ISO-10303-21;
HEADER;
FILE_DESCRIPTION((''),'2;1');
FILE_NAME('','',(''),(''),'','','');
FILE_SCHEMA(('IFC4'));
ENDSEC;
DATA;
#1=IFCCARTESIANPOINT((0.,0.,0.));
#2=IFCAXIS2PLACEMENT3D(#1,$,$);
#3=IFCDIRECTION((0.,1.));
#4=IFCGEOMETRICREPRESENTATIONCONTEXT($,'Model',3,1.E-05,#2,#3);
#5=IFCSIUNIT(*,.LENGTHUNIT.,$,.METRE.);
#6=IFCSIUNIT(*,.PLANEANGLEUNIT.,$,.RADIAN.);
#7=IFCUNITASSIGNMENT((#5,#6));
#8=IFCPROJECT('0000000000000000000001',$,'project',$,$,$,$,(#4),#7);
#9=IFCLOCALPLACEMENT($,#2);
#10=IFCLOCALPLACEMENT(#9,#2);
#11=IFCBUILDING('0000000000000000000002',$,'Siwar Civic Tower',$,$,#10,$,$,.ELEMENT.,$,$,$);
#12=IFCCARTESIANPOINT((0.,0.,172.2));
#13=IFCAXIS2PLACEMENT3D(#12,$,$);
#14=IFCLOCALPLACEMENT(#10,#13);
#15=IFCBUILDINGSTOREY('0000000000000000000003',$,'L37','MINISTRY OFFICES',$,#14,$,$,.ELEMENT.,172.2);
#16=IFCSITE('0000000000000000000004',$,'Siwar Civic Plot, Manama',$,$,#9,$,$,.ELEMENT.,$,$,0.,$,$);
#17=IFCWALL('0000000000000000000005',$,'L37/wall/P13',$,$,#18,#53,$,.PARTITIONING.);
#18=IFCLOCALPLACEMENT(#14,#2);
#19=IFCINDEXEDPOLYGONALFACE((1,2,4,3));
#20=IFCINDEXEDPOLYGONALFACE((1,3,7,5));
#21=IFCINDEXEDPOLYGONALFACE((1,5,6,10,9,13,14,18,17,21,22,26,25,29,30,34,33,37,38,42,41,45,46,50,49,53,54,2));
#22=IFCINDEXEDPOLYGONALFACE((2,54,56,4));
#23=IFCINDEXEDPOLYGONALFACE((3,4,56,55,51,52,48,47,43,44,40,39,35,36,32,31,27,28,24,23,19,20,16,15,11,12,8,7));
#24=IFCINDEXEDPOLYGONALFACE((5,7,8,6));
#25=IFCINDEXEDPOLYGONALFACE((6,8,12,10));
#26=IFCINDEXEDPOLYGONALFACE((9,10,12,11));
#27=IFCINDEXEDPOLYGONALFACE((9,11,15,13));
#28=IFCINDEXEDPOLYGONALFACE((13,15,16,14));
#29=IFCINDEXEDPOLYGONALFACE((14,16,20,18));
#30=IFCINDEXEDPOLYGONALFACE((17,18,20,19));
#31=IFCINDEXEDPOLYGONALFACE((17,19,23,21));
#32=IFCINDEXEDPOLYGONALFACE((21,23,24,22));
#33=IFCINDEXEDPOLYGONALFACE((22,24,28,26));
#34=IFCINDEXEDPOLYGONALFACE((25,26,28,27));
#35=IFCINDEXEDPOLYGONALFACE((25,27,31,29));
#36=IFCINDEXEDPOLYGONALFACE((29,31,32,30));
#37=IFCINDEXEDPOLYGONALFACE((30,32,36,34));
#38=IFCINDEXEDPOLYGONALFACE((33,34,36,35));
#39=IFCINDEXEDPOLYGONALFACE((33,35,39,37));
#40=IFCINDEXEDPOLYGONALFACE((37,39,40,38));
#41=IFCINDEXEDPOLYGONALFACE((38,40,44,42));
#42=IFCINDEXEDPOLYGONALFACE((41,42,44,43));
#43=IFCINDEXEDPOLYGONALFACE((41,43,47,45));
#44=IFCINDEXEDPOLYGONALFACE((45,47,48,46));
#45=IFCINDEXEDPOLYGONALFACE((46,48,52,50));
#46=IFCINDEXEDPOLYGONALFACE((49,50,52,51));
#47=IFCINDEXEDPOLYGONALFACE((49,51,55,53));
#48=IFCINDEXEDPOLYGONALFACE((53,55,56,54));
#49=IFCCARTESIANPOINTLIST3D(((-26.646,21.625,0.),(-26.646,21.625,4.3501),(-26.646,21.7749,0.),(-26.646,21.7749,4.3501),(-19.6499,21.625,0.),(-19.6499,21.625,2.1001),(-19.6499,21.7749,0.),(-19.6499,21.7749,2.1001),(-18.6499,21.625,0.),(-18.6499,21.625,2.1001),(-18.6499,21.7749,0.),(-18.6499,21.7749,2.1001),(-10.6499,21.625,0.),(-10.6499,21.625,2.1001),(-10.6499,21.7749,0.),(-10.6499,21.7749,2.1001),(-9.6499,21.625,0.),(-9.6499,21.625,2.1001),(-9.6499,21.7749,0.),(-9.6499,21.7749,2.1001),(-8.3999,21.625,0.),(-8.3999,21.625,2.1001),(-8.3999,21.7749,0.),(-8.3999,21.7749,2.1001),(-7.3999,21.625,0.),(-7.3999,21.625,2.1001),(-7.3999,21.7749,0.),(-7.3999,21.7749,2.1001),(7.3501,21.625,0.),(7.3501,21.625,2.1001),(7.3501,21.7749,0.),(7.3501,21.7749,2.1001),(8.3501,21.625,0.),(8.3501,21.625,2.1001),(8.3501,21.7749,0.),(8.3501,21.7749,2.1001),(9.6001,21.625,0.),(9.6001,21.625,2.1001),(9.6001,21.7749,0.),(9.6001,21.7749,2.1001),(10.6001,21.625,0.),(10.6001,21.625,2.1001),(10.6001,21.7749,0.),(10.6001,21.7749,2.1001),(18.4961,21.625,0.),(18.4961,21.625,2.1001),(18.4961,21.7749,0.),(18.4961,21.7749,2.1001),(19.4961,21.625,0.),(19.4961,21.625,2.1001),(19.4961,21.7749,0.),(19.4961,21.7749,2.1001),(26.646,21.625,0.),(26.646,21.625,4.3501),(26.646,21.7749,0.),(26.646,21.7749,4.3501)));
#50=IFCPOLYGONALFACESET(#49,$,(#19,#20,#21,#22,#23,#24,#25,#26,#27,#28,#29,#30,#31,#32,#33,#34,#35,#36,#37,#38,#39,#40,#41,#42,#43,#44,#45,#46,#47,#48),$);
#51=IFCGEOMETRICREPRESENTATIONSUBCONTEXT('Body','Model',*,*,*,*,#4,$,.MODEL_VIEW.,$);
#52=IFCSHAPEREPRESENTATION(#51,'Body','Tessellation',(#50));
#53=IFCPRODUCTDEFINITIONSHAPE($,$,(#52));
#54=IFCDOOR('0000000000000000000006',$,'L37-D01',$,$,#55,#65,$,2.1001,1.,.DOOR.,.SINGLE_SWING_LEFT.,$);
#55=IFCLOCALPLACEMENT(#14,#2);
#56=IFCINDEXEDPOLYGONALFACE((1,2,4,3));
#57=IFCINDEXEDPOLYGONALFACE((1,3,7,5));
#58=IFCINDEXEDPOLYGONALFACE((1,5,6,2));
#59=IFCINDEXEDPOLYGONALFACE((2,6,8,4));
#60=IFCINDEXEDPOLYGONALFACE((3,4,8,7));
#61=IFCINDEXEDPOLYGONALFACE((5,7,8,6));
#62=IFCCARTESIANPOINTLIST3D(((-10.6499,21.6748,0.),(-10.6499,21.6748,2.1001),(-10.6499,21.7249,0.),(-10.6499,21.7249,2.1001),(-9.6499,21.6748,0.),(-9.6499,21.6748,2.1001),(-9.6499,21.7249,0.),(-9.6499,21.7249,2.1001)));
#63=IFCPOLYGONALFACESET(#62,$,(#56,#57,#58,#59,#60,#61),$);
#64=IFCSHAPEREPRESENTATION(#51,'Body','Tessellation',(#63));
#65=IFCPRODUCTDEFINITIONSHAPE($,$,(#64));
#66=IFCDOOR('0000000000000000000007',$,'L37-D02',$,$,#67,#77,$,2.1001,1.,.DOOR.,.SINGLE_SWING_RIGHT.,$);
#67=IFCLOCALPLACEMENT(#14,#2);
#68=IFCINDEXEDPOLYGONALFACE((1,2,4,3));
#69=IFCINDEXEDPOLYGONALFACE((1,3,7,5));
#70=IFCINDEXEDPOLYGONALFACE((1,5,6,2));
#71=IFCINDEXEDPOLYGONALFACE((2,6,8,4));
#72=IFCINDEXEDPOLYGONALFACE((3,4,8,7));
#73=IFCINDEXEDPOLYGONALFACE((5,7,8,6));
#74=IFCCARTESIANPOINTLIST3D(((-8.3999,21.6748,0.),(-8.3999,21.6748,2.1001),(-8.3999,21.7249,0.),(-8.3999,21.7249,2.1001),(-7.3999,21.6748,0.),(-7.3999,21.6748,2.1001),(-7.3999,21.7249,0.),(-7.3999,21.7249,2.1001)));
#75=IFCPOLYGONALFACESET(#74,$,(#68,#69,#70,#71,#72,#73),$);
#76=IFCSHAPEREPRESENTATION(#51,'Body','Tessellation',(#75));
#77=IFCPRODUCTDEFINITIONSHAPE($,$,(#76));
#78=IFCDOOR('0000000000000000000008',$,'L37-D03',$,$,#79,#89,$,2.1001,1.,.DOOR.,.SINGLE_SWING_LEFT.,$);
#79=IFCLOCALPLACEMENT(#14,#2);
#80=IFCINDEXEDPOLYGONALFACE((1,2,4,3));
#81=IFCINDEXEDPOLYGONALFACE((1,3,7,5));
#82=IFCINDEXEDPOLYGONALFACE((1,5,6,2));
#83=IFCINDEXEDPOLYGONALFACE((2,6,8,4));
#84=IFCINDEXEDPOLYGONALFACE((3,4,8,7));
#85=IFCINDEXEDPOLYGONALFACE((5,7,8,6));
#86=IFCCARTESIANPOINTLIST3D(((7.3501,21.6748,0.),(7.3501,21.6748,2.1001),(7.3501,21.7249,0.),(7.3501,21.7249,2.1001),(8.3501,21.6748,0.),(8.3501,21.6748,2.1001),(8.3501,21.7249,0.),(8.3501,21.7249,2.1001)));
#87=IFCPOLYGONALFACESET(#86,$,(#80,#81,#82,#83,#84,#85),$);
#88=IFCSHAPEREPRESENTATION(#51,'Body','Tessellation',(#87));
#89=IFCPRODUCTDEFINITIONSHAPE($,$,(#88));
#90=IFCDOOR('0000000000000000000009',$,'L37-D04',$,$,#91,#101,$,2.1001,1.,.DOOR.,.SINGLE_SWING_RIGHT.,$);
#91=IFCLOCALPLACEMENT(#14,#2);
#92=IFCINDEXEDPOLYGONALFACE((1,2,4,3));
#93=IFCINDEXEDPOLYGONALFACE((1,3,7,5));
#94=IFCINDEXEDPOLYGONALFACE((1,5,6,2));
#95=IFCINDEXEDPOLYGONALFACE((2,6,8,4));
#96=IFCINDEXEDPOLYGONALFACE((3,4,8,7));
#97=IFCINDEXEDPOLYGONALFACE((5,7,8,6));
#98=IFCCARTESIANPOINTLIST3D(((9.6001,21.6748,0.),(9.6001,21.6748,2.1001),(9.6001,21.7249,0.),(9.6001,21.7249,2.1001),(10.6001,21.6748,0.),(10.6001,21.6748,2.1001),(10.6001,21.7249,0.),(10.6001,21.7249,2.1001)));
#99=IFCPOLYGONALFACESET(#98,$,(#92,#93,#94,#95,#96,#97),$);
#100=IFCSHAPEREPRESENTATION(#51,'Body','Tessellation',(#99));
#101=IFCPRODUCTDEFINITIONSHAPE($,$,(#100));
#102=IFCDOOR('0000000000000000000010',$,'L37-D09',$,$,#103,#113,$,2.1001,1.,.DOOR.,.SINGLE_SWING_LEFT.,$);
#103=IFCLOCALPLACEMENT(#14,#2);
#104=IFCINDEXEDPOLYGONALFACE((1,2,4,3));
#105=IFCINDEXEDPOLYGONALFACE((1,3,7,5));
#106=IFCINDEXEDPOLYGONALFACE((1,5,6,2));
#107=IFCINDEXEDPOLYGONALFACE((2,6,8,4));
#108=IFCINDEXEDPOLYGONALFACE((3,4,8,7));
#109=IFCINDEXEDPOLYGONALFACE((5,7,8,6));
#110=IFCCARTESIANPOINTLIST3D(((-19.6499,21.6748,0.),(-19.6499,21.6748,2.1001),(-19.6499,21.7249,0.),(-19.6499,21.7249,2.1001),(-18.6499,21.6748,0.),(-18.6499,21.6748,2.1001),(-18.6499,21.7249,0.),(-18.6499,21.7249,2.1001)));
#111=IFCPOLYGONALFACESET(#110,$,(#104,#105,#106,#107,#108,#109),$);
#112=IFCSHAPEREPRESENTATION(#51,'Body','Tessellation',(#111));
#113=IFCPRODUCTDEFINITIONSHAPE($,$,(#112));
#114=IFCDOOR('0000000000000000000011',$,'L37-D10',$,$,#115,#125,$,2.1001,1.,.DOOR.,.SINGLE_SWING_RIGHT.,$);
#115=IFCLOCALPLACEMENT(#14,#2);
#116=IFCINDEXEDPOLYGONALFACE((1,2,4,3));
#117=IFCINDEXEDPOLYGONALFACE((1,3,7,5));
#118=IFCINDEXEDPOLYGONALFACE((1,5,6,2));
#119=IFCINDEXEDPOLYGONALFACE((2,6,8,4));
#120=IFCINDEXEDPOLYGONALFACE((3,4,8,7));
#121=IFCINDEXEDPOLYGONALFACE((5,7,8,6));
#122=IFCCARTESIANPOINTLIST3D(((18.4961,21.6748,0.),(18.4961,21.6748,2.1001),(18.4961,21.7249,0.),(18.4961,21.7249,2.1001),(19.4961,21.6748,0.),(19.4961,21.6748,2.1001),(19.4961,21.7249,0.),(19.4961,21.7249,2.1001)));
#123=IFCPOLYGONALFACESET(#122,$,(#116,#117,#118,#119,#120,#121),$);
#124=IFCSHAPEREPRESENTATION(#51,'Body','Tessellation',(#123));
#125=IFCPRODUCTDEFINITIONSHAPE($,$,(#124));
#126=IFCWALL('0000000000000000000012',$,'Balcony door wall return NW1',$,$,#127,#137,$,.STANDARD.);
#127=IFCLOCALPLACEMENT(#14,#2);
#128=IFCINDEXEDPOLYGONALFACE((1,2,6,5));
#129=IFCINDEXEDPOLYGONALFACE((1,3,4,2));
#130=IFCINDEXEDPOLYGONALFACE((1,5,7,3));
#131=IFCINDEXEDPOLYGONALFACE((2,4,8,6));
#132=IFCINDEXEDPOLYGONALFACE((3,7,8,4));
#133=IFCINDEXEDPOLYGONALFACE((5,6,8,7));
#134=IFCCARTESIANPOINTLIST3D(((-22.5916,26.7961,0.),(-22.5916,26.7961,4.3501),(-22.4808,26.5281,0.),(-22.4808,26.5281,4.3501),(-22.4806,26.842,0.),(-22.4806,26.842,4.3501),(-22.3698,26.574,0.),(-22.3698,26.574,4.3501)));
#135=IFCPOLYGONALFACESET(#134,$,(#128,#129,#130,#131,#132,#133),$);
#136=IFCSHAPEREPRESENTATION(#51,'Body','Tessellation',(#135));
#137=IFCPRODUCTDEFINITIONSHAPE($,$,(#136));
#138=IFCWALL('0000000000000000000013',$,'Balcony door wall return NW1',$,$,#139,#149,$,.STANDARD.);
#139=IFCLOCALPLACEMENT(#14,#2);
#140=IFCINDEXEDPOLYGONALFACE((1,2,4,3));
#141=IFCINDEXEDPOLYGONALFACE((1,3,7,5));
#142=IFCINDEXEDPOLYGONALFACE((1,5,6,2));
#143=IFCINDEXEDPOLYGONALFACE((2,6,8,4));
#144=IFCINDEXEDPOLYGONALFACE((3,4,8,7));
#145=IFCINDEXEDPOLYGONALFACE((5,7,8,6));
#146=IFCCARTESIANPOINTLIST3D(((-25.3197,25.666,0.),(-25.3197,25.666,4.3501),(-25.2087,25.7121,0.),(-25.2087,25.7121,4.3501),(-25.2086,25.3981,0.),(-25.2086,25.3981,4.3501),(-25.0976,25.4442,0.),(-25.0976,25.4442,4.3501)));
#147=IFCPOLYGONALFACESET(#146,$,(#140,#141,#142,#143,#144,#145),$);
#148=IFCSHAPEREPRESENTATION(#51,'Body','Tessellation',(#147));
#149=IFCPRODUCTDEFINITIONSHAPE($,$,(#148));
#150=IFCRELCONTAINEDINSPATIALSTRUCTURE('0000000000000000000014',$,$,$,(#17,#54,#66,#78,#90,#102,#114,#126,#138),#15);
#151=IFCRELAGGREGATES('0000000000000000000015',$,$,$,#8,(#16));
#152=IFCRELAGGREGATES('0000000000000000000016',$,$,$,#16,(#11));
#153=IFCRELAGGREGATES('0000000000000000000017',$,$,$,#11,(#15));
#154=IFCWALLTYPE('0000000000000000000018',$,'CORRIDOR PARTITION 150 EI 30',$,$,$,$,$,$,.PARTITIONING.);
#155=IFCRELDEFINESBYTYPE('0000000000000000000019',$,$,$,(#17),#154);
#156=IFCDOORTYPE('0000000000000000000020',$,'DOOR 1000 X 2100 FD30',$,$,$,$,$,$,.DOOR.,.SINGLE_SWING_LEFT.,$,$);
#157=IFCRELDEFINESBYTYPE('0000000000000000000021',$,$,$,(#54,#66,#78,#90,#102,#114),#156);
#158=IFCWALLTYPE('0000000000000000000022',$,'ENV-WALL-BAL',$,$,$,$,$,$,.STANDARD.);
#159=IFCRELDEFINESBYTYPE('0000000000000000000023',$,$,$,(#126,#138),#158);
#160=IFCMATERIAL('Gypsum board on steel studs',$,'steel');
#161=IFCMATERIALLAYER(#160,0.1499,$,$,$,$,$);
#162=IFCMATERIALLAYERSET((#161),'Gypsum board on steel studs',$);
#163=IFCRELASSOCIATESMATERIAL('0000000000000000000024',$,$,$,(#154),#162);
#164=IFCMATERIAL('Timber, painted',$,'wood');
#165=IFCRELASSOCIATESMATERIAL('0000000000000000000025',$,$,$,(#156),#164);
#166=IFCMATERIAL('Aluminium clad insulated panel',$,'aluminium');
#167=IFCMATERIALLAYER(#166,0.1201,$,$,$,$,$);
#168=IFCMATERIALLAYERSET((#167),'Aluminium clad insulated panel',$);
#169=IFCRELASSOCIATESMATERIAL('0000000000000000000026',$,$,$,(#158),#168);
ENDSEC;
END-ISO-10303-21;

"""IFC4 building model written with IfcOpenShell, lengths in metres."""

from ifc_helpers import new_model, si_unit, direction, frame, frame_2d, origin, place, context, subcontext, project, spatial, rectangle, extrude, material, layer, layer_set, type_object, element, fill, save


model = new_model("IFC4")

# Units and contexts
model_context = context("Model", 3, precision=1e-05, world=origin(), true_north=direction((0.0, 1.0)))
body_context = subcontext(model_context, "Body", "Model", "MODEL_VIEW")
ifc_project = project(units=[si_unit("LENGTHUNIT", "METRE"), si_unit("PLANEANGLEUNIT", "RADIAN")], contexts=[model_context])

# Site, building, storey
site_placement = place(None, origin())
site = spatial("IfcSite", under=ifc_project, at=site_placement, Name="Siwar Civic Plot, Manama", CompositionType="ELEMENT", RefElevation=0.0)
building_placement = place(site_placement, origin())
building = spatial("IfcBuilding", under=site, at=building_placement, Name="Siwar Civic Tower", CompositionType="ELEMENT")
storey_placement = place(building_placement, frame((0.0, 0.0, 172.2)))
storey = spatial("IfcBuildingStorey", under=building, at=storey_placement, Name="L37", Description="MINISTRY OFFICES", CompositionType="ELEMENT", Elevation=172.2)

# Wall, openings, doors
ifc_material_1 = material(Name="Gypsum board on steel studs", Category="steel")
ifc_layer_1 = layer(ifc_material_1, 0.1499)
ifc_layer_set_1 = layer_set([ifc_layer_1], Name="Gypsum board on steel studs")
wall_type_1 = type_object("IfcWallType", Name="CORRIDOR PARTITION 150 EI 30", PredefinedType="PARTITIONING", material=ifc_layer_set_1)
wall_1_placement = place(storey_placement, frame((-26.646, 21.7, 0.0), z_axis=(0.0, 0.0, 1.0), x_axis=(1.0, 0.0, 0.0)))
wall_1 = element("IfcWall", 1, at=wall_1_placement, inside=storey, type_object=wall_type_1, Name="L37/wall/P13", PredefinedType="PARTITIONING", context=body_context, shape_type="SweptSolid", body=[
    extrude(rectangle(XDim=53.292, YDim=0.1499, at=frame_2d((26.646, 0.0))), origin(), (0.0, 0.0, 1.0), 4.3501),
])
opening_1_placement = place(wall_1_placement, frame((15.9961, 0.0, 0.0)))
opening_1 = element("IfcOpeningElement", 2, at=opening_1_placement, cuts=wall_1, PredefinedType="OPENING", context=body_context, shape_type="SweptSolid", body=[
    extrude(rectangle(XDim=1.0, YDim=2.1001, at=frame_2d((0.5, 1.05))), frame((0.0, 0.085, 0.0), z_axis=(0.0, -1.0, 0.0), x_axis=(1.0, 0.0, 0.0)), (0.0, 0.0, 1.0), 0.1699),
])
opening_2_placement = place(wall_1_placement, frame((18.2461, 0.0, 0.0)))
opening_2 = element("IfcOpeningElement", 3, at=opening_2_placement, cuts=wall_1, PredefinedType="OPENING", context=body_context, shape_type="SweptSolid", body=[
    extrude(rectangle(XDim=1.0, YDim=2.1001, at=frame_2d((0.5, 1.05))), frame((0.0, 0.085, 0.0), z_axis=(0.0, -1.0, 0.0), x_axis=(1.0, 0.0, 0.0)), (0.0, 0.0, 1.0), 0.1699),
])
opening_3_placement = place(wall_1_placement, frame((33.9961, 0.0, 0.0)))
opening_3 = element("IfcOpeningElement", 4, at=opening_3_placement, cuts=wall_1, PredefinedType="OPENING", context=body_context, shape_type="SweptSolid", body=[
    extrude(rectangle(XDim=1.0, YDim=2.1001, at=frame_2d((0.5, 1.05))), frame((0.0, 0.085, 0.0), z_axis=(0.0, -1.0, 0.0), x_axis=(1.0, 0.0, 0.0)), (0.0, 0.0, 1.0), 0.1699),
])
opening_4_placement = place(wall_1_placement, frame((36.2461, 0.0, 0.0)))
opening_4 = element("IfcOpeningElement", 5, at=opening_4_placement, cuts=wall_1, PredefinedType="OPENING", context=body_context, shape_type="SweptSolid", body=[
    extrude(rectangle(XDim=1.0, YDim=2.1001, at=frame_2d((0.5, 1.05))), frame((0.0, 0.085, 0.0), z_axis=(0.0, -1.0, 0.0), x_axis=(1.0, 0.0, 0.0)), (0.0, 0.0, 1.0), 0.1699),
])
opening_5_placement = place(wall_1_placement, frame((6.9961, 0.0, 0.0)))
opening_5 = element("IfcOpeningElement", 6, at=opening_5_placement, cuts=wall_1, PredefinedType="OPENING", context=body_context, shape_type="SweptSolid", body=[
    extrude(rectangle(XDim=1.0, YDim=2.1001, at=frame_2d((0.5, 1.05))), frame((0.0, 0.085, 0.0), z_axis=(0.0, -1.0, 0.0), x_axis=(1.0, 0.0, 0.0)), (0.0, 0.0, 1.0), 0.1699),
])
opening_6_placement = place(wall_1_placement, frame((45.1421, 0.0, 0.0)))
opening_6 = element("IfcOpeningElement", 7, at=opening_6_placement, cuts=wall_1, PredefinedType="OPENING", context=body_context, shape_type="SweptSolid", body=[
    extrude(rectangle(XDim=1.0, YDim=2.1001, at=frame_2d((0.5, 1.05))), frame((0.0, 0.085, 0.0), z_axis=(0.0, -1.0, 0.0), x_axis=(1.0, 0.0, 0.0)), (0.0, 0.0, 1.0), 0.1699),
])
ifc_material_2 = material(Name="Timber, painted", Category="wood")
door_type_1 = type_object("IfcDoorType", Name="DOOR 1000 X 2100 FD30", OperationType="SINGLE_SWING_LEFT", PredefinedType="DOOR", material=ifc_material_2)
door_1_placement = place(opening_1_placement, origin())
door_1 = element("IfcDoor", 8, at=door_1_placement, inside=storey, type_object=door_type_1, Name="L37-D01", OperationType="SINGLE_SWING_LEFT", OverallHeight=2.1001, OverallWidth=1.0, PredefinedType="DOOR", context=body_context, shape_type="SweptSolid", body=[
    extrude(rectangle(XDim=1.0, YDim=2.1001, at=frame_2d((0.5, 1.05))), frame((0.0, 0.0249, 0.0), z_axis=(0.0, -1.0, 0.0), x_axis=(1.0, 0.0, 0.0)), (0.0, 0.0, 1.0), 0.05),
])
fill(opening_1, door_1)
door_2_placement = place(opening_2_placement, origin())
door_2 = element("IfcDoor", 9, at=door_2_placement, inside=storey, type_object=door_type_1, Name="L37-D02", OperationType="SINGLE_SWING_RIGHT", OverallHeight=2.1001, OverallWidth=1.0, PredefinedType="DOOR", context=body_context, shape_type="SweptSolid", body=[
    extrude(rectangle(XDim=1.0, YDim=2.1001, at=frame_2d((0.5, 1.05))), frame((0.0, 0.0249, 0.0), z_axis=(0.0, -1.0, 0.0), x_axis=(1.0, 0.0, 0.0)), (0.0, 0.0, 1.0), 0.05),
])
fill(opening_2, door_2)
door_3_placement = place(opening_3_placement, origin())
door_3 = element("IfcDoor", 10, at=door_3_placement, inside=storey, type_object=door_type_1, Name="L37-D03", OperationType="SINGLE_SWING_LEFT", OverallHeight=2.1001, OverallWidth=1.0, PredefinedType="DOOR", context=body_context, shape_type="SweptSolid", body=[
    extrude(rectangle(XDim=1.0, YDim=2.1001, at=frame_2d((0.5, 1.05))), frame((0.0, 0.0249, 0.0), z_axis=(0.0, -1.0, 0.0), x_axis=(1.0, 0.0, 0.0)), (0.0, 0.0, 1.0), 0.05),
])
fill(opening_3, door_3)
door_4_placement = place(opening_4_placement, origin())
door_4 = element("IfcDoor", 11, at=door_4_placement, inside=storey, type_object=door_type_1, Name="L37-D04", OperationType="SINGLE_SWING_RIGHT", OverallHeight=2.1001, OverallWidth=1.0, PredefinedType="DOOR", context=body_context, shape_type="SweptSolid", body=[
    extrude(rectangle(XDim=1.0, YDim=2.1001, at=frame_2d((0.5, 1.05))), frame((0.0, 0.0249, 0.0), z_axis=(0.0, -1.0, 0.0), x_axis=(1.0, 0.0, 0.0)), (0.0, 0.0, 1.0), 0.05),
])
fill(opening_4, door_4)
door_5_placement = place(opening_5_placement, origin())
door_5 = element("IfcDoor", 12, at=door_5_placement, inside=storey, type_object=door_type_1, Name="L37-D09", OperationType="SINGLE_SWING_LEFT", OverallHeight=2.1001, OverallWidth=1.0, PredefinedType="DOOR", context=body_context, shape_type="SweptSolid", body=[
    extrude(rectangle(XDim=1.0, YDim=2.1001, at=frame_2d((0.5, 1.05))), frame((0.0, 0.0249, 0.0), z_axis=(0.0, -1.0, 0.0), x_axis=(1.0, 0.0, 0.0)), (0.0, 0.0, 1.0), 0.05),
])
fill(opening_5, door_5)
door_6_placement = place(opening_6_placement, origin())
door_6 = element("IfcDoor", 13, at=door_6_placement, inside=storey, type_object=door_type_1, Name="L37-D10", OperationType="SINGLE_SWING_RIGHT", OverallHeight=2.1001, OverallWidth=1.0, PredefinedType="DOOR", context=body_context, shape_type="SweptSolid", body=[
    extrude(rectangle(XDim=1.0, YDim=2.1001, at=frame_2d((0.5, 1.05))), frame((0.0, 0.0249, 0.0), z_axis=(0.0, -1.0, 0.0), x_axis=(1.0, 0.0, 0.0)), (0.0, 0.0, 1.0), 0.05),
])
fill(opening_6, door_6)

# Walls
ifc_material_3 = material(Name="Aluminium clad insulated panel", Category="aluminium")
ifc_layer_2 = layer(ifc_material_3, 0.1201)
ifc_layer_set_2 = layer_set([ifc_layer_2], Name="Aluminium clad insulated panel")
wall_type_2 = type_object("IfcWallType", Name="ENV-WALL-BAL", PredefinedType="STANDARD", material=ifc_layer_set_2)
for number, where, z_axis, x_axis, name in (
    (14, (-22.4253, 26.551, 0.0), (0.0, 0.0, 1.0), (-0.382104, 0.924119, 0.0), "Balcony door wall return NW1"),
    (15, (-25.1531, 25.4211, 0.0), (0.0, 0.0, 1.0), (-0.38312, 0.923699, 0.0), "Balcony door wall return NW1"),
):
    element("IfcWall", number, at=place(storey_placement, frame(where, z_axis=z_axis, x_axis=x_axis)), inside=storey, type_object=wall_type_2, Name=name, PredefinedType="STANDARD", context=body_context, shape_type="SweptSolid", body=[
        extrude(rectangle(XDim=0.29, YDim=0.1201, at=frame_2d((0.145, 0.0))), origin(), (0.0, 0.0, 1.0), 4.3501),
    ])

save(model, "model.ifc")
